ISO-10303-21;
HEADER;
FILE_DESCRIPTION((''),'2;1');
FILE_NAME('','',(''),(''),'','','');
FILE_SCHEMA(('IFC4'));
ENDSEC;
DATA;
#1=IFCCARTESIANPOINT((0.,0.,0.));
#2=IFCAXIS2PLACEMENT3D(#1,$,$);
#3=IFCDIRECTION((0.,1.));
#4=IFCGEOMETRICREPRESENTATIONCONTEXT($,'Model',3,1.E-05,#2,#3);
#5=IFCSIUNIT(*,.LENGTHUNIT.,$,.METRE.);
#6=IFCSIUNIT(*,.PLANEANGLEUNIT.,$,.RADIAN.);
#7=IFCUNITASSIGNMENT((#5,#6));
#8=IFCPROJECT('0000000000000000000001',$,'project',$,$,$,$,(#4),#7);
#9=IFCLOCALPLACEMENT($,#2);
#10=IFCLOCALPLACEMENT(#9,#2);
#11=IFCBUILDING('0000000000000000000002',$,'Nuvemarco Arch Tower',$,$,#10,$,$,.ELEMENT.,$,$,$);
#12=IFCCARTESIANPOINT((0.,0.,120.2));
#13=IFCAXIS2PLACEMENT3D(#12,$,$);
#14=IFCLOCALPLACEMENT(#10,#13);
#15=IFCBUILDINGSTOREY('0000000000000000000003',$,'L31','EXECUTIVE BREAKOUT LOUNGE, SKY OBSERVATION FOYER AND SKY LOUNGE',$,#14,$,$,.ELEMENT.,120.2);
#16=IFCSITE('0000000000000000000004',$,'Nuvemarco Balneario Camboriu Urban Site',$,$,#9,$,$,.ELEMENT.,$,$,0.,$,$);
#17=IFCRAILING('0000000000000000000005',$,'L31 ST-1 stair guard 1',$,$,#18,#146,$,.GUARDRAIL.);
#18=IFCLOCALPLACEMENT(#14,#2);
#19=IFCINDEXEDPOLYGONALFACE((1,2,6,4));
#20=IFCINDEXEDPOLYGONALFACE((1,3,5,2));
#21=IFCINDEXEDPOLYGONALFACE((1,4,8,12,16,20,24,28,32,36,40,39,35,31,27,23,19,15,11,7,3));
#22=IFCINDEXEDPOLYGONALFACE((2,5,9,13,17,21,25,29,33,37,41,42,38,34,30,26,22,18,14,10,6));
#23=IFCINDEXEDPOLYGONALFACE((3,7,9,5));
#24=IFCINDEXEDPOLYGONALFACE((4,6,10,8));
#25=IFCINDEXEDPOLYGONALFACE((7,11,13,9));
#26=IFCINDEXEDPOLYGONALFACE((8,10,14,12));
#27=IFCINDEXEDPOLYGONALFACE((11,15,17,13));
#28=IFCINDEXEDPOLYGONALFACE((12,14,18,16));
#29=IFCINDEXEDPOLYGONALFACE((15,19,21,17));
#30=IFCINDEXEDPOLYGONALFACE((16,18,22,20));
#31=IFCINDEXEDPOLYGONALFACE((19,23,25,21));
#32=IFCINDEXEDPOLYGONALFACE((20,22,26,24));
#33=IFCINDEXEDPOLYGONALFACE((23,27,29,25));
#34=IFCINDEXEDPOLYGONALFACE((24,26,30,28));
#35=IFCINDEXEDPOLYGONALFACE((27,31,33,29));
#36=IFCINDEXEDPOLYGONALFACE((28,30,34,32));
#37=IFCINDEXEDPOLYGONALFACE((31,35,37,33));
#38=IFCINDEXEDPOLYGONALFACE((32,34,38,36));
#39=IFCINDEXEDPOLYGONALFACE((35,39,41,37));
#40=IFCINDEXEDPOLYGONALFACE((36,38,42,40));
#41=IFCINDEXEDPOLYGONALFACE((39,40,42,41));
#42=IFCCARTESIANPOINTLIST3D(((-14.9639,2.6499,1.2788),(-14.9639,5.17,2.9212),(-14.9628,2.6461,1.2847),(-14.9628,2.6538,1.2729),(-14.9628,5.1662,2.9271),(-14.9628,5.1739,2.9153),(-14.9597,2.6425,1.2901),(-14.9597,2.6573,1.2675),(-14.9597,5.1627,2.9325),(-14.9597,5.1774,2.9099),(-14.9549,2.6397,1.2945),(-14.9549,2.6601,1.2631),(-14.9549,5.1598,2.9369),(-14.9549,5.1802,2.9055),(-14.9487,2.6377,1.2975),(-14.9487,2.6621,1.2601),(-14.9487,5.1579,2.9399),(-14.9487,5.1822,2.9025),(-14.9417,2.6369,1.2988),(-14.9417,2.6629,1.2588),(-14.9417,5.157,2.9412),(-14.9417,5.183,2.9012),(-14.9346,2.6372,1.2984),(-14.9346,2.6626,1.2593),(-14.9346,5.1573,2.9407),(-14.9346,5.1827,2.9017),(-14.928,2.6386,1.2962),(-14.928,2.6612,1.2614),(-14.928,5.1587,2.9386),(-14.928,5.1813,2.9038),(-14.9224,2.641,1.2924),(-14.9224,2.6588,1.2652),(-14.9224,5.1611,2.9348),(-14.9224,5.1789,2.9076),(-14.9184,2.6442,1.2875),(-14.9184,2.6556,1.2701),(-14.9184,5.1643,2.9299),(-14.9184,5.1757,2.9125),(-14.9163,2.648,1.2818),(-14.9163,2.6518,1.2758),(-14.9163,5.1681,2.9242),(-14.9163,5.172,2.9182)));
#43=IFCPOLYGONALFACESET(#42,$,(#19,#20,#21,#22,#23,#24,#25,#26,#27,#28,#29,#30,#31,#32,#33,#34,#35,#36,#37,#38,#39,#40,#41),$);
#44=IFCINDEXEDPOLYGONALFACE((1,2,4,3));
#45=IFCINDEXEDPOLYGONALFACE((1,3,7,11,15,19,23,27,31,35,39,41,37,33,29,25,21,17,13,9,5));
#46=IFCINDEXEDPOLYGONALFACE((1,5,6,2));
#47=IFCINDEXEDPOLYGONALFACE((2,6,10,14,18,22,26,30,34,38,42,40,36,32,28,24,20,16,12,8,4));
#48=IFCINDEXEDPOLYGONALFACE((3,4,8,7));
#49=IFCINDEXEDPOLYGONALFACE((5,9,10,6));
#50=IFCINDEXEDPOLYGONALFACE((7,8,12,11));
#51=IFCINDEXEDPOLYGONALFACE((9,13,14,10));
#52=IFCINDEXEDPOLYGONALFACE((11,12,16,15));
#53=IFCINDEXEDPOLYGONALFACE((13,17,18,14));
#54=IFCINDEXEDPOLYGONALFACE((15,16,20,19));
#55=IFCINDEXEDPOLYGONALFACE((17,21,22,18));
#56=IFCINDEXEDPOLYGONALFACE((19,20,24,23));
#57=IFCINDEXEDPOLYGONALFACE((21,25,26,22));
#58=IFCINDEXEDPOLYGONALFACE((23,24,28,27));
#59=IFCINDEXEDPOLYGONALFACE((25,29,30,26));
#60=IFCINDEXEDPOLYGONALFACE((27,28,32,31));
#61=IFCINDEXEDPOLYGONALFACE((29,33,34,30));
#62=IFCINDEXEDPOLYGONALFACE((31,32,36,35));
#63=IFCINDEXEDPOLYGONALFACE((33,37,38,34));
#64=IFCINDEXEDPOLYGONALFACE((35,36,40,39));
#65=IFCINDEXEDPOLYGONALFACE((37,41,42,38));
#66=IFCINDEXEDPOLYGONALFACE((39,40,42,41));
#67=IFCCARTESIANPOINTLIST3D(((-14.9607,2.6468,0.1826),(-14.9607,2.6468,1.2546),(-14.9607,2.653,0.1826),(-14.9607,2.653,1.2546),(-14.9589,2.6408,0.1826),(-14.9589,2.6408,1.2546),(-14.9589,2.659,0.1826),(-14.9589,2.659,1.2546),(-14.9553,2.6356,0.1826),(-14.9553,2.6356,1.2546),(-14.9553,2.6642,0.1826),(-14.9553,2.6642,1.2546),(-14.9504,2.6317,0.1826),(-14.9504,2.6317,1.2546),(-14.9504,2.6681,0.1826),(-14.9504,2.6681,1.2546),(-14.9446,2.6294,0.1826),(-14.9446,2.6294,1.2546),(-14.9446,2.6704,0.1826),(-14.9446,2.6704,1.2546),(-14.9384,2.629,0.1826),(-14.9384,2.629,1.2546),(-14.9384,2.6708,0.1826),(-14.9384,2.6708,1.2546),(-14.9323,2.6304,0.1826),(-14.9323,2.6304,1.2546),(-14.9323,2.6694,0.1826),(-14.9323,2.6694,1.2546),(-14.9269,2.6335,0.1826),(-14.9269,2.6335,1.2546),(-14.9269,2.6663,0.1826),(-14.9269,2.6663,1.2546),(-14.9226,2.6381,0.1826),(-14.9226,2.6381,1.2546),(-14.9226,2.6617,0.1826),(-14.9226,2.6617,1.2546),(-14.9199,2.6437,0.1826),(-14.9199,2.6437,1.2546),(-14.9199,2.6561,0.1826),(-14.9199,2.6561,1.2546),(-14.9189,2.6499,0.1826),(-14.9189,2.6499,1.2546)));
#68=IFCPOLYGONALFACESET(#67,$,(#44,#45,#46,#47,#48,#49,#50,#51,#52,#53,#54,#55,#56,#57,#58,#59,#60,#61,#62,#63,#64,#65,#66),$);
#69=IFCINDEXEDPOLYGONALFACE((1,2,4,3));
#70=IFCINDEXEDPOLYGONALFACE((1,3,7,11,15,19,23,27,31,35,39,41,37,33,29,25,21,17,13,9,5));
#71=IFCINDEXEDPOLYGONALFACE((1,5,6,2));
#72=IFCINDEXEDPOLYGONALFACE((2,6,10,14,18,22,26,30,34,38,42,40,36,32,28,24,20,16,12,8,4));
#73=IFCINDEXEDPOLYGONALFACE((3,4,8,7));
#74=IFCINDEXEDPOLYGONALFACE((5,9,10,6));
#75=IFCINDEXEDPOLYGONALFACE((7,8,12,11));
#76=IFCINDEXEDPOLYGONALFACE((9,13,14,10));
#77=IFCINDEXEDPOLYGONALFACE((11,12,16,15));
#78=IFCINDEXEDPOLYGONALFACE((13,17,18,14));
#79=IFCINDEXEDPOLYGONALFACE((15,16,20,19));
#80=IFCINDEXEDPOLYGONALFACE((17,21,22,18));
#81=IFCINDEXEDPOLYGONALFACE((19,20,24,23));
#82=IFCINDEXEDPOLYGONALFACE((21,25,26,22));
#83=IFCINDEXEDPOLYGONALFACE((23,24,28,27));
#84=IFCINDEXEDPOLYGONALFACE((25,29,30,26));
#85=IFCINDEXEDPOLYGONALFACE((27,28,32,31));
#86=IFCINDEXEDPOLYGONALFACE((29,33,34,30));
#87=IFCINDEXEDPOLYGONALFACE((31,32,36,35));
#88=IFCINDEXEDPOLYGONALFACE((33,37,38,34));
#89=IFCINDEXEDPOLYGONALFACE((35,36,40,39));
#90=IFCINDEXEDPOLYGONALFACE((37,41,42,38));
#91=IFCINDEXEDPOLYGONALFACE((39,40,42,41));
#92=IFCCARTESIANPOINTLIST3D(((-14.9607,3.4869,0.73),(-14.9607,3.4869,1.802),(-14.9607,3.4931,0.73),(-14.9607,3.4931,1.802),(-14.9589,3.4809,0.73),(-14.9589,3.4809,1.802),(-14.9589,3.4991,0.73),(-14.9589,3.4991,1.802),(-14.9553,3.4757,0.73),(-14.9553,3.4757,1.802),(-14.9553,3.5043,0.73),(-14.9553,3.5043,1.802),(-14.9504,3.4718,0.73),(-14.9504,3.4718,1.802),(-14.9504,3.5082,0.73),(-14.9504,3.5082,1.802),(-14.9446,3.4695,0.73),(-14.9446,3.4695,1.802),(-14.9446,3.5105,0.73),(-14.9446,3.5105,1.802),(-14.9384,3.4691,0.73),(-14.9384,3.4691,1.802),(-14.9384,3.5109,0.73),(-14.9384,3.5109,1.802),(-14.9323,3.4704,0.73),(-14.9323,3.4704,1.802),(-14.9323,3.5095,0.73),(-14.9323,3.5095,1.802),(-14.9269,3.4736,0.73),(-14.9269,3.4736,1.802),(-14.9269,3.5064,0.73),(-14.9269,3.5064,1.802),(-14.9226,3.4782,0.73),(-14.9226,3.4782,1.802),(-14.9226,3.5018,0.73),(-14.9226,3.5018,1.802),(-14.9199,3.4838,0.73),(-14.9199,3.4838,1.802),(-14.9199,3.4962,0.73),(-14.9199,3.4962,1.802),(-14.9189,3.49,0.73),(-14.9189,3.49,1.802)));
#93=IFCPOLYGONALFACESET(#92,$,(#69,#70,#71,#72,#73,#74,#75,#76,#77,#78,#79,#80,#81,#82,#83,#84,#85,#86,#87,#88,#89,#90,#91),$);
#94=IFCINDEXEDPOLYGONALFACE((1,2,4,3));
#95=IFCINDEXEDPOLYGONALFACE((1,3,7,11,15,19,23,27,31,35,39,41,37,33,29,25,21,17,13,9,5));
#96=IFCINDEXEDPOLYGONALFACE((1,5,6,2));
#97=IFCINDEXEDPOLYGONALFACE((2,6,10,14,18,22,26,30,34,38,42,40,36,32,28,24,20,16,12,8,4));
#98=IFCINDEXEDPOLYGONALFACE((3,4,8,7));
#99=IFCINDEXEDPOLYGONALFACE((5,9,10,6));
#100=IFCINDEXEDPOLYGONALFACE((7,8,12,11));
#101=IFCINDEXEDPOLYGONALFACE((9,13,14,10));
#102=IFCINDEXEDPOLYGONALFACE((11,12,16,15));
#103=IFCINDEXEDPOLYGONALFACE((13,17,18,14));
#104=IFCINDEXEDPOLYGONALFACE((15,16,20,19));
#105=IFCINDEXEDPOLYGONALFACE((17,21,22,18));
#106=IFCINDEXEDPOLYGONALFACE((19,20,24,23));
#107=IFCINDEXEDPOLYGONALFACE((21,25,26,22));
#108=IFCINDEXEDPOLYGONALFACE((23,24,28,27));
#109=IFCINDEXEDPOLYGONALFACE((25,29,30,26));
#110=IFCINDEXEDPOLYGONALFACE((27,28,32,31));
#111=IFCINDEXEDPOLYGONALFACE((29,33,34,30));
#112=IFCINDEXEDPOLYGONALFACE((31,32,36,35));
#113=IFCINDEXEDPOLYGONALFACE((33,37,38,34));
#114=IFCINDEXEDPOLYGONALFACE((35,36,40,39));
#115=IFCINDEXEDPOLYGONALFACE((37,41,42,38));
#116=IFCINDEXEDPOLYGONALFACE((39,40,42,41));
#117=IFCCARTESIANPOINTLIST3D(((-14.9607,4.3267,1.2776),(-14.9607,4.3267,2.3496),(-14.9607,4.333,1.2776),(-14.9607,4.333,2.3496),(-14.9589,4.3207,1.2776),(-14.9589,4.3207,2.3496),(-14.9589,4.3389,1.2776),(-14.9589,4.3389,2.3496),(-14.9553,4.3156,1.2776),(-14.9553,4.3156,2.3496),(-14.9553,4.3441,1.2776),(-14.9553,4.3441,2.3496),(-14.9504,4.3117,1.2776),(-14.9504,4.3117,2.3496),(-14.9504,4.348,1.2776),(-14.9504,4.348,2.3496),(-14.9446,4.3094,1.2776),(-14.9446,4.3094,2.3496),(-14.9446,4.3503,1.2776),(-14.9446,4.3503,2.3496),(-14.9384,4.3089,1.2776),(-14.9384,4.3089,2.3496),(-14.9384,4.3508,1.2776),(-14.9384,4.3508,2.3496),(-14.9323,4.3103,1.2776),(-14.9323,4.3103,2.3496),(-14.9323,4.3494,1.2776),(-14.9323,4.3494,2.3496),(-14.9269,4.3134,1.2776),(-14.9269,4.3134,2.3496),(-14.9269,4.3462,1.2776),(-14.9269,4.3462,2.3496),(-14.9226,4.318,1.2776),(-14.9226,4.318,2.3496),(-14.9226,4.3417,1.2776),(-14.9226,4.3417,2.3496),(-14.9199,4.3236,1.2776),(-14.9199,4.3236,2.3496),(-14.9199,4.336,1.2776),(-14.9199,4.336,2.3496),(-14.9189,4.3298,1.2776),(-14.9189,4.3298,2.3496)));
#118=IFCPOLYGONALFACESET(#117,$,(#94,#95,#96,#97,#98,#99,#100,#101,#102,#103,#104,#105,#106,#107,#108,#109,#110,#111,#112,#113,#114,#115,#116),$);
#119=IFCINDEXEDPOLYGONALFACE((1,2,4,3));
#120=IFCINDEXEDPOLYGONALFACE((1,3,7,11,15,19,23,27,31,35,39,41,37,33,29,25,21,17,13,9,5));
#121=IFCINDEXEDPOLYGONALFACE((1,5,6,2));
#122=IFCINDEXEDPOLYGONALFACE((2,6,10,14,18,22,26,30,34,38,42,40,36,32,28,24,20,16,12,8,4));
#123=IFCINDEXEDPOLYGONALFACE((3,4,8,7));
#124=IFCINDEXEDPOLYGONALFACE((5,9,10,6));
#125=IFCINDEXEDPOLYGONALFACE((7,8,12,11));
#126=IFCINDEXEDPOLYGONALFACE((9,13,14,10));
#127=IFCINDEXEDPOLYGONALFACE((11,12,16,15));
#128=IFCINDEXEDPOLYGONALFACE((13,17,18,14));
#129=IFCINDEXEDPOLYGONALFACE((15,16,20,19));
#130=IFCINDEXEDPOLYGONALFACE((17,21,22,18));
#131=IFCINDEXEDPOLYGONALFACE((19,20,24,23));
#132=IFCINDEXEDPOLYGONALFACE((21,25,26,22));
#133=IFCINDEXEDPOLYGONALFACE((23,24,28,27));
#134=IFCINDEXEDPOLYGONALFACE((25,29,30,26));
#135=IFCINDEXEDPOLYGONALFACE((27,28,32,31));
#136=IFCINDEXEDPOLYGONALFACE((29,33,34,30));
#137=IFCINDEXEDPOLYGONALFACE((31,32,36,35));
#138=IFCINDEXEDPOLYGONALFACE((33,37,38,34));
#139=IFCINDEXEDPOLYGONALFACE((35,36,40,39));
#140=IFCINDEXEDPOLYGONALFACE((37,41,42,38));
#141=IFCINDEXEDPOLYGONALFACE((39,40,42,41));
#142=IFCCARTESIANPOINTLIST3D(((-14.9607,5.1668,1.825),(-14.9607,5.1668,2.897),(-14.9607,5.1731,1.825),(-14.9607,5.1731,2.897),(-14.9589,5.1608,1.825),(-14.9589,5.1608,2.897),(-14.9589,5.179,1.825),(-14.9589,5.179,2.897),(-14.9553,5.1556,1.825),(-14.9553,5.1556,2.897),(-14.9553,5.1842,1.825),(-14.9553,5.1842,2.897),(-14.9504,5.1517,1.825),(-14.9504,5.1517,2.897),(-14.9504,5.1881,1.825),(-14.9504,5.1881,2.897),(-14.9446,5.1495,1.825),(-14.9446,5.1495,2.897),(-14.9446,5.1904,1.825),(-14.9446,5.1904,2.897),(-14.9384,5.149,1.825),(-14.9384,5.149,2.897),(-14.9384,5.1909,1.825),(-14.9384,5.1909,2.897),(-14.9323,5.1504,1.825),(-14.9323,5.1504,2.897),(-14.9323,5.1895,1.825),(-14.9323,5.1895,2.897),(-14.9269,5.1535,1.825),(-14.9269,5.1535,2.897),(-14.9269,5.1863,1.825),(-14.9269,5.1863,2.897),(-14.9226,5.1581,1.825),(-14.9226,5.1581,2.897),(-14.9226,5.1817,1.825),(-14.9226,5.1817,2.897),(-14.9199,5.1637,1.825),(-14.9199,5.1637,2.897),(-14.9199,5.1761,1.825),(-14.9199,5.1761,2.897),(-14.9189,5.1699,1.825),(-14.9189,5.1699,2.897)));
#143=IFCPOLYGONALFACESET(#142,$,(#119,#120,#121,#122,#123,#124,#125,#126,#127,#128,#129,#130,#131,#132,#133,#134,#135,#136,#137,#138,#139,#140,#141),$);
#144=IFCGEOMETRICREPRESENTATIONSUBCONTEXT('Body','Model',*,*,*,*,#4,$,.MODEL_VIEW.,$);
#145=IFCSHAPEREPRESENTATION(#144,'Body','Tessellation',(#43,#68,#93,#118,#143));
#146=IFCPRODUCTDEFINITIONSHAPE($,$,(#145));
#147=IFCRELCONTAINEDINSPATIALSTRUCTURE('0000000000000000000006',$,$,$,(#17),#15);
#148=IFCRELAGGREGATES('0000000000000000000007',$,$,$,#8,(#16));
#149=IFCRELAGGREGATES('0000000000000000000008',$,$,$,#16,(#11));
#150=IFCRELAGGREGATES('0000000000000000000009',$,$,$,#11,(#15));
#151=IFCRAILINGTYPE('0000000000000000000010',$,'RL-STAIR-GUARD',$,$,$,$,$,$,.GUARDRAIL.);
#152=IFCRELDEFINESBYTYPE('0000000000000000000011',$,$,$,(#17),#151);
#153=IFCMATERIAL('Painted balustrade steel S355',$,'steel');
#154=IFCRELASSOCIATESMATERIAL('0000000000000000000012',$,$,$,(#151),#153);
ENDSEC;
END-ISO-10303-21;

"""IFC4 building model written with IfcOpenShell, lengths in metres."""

from ifc_helpers import new_model, si_unit, direction, frame, origin, origin_2d, place, context, subcontext, project, spatial, circle, extrude, material, type_object, element, save


model = new_model("IFC4")

# Units and contexts
model_context = context("Model", 3, precision=1e-05, world=origin(), true_north=direction((0.0, 1.0)))
body_context = subcontext(model_context, "Body", "Model", "MODEL_VIEW")
ifc_project = project(units=[si_unit("LENGTHUNIT", "METRE"), si_unit("PLANEANGLEUNIT", "RADIAN")], contexts=[model_context])

# Site, building, storey
site_placement = place(None, origin())
site = spatial("IfcSite", under=ifc_project, at=site_placement, Name="Nuvemarco Balneario Camboriu Urban Site", CompositionType="ELEMENT", RefElevation=0.0)
building_placement = place(site_placement, origin())
building = spatial("IfcBuilding", under=site, at=building_placement, Name="Nuvemarco Arch Tower", CompositionType="ELEMENT")
storey_placement = place(building_placement, frame((0.0, 0.0, 120.2)))
storey = spatial("IfcBuildingStorey", under=building, at=storey_placement, Name="L31", Description="EXECUTIVE BREAKOUT LOUNGE, SKY OBSERVATION FOYER AND SKY LOUNGE", CompositionType="ELEMENT", Elevation=120.2)

# Railing
ifc_material_1 = material(Name="Painted balustrade steel S355", Category="steel")
railing_type_1 = type_object("IfcRailingType", Name="RL-STAIR-GUARD", PredefinedType="GUARDRAIL", material=ifc_material_1)
railing_1_placement = place(storey_placement, frame((-14.9399, 2.6499, 0.1826)))
element("IfcRailing", 1, at=railing_1_placement, inside=storey, type_object=railing_type_1, Name="L31 ST-1 stair guard 1", PredefinedType="GUARDRAIL", context=body_context, shape_type="SweptSolid", body=[
    extrude(circle(Radius=0.0239, at=origin_2d()), frame((0.0, 0.0, 1.0962), z_axis=(0.0, 0.837787, 0.545998), x_axis=(-1.0, 0.0, 0.0)), (0.0, 0.0, 1.0), 3.0081),
    extrude(circle(Radius=0.021, at=origin_2d()), origin(), (0.0, 0.0, 1.0), 1.072),
    extrude(circle(Radius=0.021, at=origin_2d()), frame((0.0, 0.8401, 0.5474)), (0.0, 0.0, 1.0), 1.072),
    extrude(circle(Radius=0.021, at=origin_2d()), frame((0.0, 1.6799, 1.095)), (0.0, 0.0, 1.0), 1.072),
    extrude(circle(Radius=0.021, at=origin_2d()), frame((0.0, 2.52, 1.6423)), (0.0, 0.0, 1.0), 1.072),
])

save(model, "model.ifc")
